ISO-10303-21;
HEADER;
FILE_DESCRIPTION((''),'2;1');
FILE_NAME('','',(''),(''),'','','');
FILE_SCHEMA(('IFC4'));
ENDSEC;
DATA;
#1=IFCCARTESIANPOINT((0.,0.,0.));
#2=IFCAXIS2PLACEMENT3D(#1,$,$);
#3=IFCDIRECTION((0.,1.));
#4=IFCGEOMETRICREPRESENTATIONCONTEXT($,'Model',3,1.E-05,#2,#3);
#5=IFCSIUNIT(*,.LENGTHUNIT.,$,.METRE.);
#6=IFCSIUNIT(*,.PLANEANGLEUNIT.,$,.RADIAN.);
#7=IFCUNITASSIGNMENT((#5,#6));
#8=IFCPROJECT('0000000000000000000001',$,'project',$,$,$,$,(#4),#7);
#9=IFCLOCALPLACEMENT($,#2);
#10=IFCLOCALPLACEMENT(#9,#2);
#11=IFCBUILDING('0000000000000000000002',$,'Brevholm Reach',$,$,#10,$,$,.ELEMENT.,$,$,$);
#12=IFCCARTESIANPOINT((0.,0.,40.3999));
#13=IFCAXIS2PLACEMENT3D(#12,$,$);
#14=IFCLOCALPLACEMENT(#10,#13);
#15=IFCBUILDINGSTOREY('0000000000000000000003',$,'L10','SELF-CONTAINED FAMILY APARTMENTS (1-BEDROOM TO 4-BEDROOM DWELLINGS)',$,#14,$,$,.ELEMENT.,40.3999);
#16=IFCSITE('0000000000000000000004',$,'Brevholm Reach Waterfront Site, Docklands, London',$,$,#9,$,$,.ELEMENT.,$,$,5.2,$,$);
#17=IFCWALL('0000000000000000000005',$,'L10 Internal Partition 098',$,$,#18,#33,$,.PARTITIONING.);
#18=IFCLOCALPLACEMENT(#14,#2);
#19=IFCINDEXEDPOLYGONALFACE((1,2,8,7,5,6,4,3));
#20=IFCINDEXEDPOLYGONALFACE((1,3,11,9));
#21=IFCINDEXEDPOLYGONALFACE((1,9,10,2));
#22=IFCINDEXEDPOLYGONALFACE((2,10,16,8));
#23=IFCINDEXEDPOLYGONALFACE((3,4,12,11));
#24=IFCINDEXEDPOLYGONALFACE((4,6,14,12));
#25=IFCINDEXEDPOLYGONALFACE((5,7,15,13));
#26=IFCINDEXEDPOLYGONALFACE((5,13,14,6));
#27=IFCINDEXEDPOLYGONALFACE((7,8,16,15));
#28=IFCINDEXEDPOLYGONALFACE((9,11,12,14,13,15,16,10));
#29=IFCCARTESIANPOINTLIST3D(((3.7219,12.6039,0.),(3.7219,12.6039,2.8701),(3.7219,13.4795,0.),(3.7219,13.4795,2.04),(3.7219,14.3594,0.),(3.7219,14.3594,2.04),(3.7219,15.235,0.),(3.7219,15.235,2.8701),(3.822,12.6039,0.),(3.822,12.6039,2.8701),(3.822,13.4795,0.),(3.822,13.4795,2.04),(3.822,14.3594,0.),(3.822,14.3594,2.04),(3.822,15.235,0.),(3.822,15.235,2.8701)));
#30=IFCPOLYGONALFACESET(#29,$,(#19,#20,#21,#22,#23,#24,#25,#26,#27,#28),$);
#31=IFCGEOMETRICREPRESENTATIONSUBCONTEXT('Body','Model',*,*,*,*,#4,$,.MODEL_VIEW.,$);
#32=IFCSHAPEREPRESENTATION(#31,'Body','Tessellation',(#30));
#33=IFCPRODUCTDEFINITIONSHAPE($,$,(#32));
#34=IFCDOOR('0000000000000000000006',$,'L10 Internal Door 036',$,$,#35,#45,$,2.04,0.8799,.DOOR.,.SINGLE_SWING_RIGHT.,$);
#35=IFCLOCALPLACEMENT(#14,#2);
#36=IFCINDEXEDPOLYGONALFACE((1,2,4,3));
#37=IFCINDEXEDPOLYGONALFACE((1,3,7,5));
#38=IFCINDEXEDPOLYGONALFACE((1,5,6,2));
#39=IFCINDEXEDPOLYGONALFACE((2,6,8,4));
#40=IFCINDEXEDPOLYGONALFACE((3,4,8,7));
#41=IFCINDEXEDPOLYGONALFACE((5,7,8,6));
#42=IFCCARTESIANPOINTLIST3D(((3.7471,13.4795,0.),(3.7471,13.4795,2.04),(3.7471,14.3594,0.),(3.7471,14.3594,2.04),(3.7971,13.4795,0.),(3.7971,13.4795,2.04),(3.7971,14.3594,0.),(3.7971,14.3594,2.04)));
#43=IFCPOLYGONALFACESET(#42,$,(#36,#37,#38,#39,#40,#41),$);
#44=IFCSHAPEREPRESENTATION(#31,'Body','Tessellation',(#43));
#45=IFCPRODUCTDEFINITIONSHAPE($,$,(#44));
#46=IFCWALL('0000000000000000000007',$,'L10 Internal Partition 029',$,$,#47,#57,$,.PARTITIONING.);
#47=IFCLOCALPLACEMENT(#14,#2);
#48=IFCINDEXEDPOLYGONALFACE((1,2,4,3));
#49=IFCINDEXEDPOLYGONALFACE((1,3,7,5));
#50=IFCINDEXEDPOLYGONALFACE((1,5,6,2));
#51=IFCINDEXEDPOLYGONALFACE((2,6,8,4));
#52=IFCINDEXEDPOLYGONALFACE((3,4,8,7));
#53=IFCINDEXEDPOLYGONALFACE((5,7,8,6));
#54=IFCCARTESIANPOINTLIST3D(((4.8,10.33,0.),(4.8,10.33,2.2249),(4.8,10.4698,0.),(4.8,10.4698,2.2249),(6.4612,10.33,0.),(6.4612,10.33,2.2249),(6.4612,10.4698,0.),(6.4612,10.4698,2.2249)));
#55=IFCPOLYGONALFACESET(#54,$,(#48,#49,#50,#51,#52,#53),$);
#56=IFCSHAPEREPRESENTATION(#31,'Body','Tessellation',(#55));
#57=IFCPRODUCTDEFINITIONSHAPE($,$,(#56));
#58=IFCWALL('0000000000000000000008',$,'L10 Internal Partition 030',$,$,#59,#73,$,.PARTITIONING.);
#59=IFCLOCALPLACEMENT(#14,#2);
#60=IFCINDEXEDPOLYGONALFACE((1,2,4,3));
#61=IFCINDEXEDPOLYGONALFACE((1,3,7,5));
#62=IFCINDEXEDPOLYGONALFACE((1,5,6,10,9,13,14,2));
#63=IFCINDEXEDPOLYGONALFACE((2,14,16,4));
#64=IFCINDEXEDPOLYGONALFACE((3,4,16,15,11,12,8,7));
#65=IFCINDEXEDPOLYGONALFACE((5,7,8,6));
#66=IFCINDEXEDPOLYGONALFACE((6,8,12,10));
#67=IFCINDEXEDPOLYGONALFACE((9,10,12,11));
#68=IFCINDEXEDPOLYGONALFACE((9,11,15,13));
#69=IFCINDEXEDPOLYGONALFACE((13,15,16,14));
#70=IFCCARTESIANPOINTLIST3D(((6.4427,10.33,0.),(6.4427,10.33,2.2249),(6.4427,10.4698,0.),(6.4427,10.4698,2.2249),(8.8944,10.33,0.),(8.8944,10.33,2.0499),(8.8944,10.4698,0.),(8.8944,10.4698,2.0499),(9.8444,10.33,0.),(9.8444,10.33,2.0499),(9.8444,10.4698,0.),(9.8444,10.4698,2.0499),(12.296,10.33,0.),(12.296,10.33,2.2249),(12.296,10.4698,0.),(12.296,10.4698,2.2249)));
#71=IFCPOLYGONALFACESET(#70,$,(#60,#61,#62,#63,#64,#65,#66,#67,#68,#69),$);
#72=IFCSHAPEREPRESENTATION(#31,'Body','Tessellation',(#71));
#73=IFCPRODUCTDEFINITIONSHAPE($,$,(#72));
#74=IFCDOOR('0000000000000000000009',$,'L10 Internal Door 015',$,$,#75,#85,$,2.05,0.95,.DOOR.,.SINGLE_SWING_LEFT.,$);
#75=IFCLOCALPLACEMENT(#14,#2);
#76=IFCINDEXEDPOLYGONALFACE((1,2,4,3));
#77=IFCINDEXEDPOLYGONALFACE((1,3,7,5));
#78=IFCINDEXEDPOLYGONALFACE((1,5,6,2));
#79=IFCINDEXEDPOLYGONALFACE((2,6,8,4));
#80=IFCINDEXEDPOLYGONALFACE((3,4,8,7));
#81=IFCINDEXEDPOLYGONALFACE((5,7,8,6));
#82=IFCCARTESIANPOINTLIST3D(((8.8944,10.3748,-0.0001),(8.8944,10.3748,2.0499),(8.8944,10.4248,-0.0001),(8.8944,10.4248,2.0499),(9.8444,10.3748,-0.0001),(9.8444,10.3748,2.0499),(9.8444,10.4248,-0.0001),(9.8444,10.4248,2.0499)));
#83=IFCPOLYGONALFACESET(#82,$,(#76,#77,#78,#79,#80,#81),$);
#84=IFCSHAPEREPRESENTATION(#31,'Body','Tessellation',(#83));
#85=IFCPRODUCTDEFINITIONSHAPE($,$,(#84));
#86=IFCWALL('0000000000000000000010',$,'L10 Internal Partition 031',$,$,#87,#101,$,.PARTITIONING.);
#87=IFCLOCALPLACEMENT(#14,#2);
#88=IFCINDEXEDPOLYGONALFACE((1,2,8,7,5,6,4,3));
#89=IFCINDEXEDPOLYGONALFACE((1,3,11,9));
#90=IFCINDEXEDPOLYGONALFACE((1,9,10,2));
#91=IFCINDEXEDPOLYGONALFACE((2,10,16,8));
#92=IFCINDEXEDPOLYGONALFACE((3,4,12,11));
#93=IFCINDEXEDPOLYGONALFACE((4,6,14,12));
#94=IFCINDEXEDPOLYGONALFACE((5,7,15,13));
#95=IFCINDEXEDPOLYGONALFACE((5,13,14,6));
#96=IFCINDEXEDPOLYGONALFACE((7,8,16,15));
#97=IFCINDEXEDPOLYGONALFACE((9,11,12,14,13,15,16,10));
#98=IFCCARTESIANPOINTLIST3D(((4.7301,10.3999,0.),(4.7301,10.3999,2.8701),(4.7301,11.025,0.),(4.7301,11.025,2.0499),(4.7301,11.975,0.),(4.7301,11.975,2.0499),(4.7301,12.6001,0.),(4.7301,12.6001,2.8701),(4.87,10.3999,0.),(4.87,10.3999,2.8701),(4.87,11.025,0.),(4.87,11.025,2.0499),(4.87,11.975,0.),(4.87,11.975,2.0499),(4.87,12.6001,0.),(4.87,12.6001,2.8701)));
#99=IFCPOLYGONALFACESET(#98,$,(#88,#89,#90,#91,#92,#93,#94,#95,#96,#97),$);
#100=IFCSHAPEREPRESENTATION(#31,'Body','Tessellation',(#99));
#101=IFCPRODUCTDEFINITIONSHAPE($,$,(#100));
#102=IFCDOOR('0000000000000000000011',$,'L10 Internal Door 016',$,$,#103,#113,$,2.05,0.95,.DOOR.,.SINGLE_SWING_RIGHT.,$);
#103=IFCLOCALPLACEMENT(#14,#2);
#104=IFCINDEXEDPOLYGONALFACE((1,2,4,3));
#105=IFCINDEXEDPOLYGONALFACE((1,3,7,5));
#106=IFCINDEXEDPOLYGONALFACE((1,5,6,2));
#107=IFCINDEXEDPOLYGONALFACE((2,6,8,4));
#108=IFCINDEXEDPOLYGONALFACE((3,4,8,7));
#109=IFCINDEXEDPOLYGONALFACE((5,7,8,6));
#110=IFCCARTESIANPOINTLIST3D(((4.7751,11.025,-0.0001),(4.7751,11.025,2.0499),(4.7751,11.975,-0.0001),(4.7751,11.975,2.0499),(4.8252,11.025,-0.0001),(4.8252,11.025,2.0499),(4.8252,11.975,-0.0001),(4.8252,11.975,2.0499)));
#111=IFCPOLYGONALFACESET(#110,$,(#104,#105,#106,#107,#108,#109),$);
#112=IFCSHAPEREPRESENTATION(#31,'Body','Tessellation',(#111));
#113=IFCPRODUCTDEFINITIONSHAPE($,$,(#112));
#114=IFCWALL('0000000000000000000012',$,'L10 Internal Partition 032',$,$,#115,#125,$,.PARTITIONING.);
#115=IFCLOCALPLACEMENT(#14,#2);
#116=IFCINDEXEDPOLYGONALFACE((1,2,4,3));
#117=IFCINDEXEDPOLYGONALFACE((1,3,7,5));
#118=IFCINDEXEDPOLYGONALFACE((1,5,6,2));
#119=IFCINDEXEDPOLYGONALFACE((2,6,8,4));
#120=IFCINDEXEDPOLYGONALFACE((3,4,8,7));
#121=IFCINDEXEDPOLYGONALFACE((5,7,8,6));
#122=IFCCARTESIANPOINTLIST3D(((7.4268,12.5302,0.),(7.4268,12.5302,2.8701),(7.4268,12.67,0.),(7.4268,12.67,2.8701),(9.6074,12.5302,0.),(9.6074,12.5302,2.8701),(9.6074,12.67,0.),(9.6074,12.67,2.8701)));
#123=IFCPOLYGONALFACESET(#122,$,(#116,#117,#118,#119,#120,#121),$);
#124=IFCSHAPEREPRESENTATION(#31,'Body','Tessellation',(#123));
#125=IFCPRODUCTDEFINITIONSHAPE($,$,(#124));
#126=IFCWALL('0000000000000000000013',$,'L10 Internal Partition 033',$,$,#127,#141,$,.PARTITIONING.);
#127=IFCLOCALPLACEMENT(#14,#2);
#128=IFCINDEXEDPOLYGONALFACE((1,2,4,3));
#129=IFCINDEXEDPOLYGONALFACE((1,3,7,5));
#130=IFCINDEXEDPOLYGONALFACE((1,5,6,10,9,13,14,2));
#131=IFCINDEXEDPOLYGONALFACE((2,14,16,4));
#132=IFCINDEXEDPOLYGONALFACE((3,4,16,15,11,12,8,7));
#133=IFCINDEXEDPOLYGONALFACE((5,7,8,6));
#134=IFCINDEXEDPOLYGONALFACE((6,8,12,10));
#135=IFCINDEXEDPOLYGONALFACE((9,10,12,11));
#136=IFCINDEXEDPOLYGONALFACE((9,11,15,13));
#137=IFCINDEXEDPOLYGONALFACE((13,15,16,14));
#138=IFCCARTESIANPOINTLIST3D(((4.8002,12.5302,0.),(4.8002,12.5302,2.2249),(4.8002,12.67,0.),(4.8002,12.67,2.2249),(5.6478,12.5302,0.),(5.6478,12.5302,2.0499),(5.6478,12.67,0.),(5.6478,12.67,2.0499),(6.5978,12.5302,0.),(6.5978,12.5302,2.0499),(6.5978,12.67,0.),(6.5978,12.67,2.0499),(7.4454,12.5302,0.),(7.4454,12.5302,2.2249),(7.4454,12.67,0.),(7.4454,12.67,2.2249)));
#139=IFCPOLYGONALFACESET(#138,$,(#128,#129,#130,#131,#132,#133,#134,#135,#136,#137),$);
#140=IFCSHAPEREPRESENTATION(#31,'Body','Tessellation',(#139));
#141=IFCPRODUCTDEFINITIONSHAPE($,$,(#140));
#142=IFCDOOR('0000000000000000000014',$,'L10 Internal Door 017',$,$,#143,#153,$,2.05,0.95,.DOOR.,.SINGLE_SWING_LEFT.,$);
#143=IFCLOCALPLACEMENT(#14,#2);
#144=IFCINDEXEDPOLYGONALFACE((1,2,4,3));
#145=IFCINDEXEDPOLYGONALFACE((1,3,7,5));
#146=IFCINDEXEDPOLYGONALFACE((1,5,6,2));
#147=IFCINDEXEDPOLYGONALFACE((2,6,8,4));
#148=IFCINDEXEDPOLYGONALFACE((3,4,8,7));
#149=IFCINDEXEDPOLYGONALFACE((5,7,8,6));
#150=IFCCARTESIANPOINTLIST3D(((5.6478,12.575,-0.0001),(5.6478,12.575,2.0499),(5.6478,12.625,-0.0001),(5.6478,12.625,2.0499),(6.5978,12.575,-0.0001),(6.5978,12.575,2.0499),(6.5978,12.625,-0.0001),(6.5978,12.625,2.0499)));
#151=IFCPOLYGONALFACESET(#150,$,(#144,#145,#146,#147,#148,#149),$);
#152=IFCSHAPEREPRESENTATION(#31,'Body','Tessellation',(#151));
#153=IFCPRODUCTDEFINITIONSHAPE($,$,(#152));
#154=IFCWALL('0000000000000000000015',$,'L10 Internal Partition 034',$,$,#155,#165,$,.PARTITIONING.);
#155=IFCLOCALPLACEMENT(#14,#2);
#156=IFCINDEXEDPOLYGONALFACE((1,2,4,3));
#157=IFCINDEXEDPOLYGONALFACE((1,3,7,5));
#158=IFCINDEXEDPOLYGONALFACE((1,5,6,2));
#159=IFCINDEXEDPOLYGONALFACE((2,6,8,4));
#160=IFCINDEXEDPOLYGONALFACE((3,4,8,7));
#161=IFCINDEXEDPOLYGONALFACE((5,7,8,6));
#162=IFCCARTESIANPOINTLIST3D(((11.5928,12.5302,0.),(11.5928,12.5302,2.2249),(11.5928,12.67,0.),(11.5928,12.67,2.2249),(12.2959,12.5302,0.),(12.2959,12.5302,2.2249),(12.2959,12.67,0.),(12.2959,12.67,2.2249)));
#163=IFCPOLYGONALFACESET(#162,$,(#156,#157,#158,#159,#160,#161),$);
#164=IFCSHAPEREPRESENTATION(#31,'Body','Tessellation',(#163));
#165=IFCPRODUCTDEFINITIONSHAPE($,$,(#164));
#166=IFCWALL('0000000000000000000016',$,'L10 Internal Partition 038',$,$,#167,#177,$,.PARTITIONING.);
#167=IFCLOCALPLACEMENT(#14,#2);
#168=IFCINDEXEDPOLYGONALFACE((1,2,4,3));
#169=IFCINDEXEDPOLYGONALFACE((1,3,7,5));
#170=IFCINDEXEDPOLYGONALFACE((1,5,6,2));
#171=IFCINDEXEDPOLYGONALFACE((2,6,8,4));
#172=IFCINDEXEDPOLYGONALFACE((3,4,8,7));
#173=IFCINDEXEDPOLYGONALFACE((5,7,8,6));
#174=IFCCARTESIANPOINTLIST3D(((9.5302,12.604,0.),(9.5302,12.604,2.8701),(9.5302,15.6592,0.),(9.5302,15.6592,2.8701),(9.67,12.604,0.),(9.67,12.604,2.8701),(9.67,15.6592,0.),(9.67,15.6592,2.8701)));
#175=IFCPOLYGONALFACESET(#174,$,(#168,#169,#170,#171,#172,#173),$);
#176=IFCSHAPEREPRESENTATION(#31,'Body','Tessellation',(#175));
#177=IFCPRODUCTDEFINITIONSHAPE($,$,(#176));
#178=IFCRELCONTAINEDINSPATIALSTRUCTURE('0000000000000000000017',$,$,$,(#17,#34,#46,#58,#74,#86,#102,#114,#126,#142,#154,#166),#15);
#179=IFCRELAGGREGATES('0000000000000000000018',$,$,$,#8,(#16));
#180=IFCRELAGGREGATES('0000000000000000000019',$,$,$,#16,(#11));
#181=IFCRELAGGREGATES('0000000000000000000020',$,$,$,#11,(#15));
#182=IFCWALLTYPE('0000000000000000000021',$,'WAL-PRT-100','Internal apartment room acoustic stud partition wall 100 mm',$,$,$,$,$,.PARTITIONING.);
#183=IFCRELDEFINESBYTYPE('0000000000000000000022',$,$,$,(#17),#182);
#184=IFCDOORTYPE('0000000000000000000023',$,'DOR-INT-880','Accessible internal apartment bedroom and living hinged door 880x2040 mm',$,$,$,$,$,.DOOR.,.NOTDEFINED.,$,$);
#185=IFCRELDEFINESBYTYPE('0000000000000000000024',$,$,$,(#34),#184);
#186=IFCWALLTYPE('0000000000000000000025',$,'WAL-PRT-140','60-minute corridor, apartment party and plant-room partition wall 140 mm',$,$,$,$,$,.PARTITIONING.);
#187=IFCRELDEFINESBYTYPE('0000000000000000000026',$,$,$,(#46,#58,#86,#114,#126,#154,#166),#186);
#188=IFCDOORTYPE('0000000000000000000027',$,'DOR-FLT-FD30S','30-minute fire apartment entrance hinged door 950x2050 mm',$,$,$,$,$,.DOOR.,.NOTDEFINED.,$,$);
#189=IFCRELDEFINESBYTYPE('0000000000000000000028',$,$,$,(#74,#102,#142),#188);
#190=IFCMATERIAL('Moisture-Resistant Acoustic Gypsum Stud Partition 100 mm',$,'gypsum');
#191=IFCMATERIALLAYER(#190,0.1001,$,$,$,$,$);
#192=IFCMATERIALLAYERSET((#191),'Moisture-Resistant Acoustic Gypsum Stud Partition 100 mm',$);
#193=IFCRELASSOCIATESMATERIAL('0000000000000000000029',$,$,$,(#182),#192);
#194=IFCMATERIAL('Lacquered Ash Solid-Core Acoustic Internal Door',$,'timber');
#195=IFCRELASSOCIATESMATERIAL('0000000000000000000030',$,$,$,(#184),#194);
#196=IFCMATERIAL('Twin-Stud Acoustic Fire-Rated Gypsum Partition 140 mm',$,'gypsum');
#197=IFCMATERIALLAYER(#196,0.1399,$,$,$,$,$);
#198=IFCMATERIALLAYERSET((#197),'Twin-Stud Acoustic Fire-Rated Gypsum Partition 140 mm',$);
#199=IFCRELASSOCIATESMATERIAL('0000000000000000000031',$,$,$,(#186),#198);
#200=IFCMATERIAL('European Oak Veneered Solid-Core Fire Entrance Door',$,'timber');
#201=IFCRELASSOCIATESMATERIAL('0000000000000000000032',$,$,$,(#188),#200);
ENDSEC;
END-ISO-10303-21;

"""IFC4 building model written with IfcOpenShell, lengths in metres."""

from ifc_helpers import new_model, si_unit, direction, frame, frame_2d, origin, place, context, subcontext, project, spatial, rectangle, extrude, material, layer, layer_set, type_object, element, fill, save


model = new_model("IFC4")

# Units and contexts
model_context = context("Model", 3, precision=1e-05, world=origin(), true_north=direction((0.0, 1.0)))
body_context = subcontext(model_context, "Body", "Model", "MODEL_VIEW")
ifc_project = project(units=[si_unit("LENGTHUNIT", "METRE"), si_unit("PLANEANGLEUNIT", "RADIAN")], contexts=[model_context])

# Site, building, storey
site_placement = place(None, origin())
site = spatial("IfcSite", under=ifc_project, at=site_placement, Name="Brevholm Reach Waterfront Site, Docklands, London", CompositionType="ELEMENT", RefElevation=5.2)
building_placement = place(site_placement, origin())
building = spatial("IfcBuilding", under=site, at=building_placement, Name="Brevholm Reach", CompositionType="ELEMENT")
storey_placement = place(building_placement, frame((0.0, 0.0, 40.3999)))
storey = spatial("IfcBuildingStorey", under=building, at=storey_placement, Name="L10", Description="SELF-CONTAINED FAMILY APARTMENTS (1-BEDROOM TO 4-BEDROOM DWELLINGS)", CompositionType="ELEMENT", Elevation=40.3999)

# Wall, opening, door
ifc_material_1 = material(Name="Moisture-Resistant Acoustic Gypsum Stud Partition 100 mm", Category="gypsum")
ifc_layer_1 = layer(ifc_material_1, 0.1001)
ifc_layer_set_1 = layer_set([ifc_layer_1], Name="Moisture-Resistant Acoustic Gypsum Stud Partition 100 mm")
wall_type_1 = type_object("IfcWallType", Name="WAL-PRT-100", Description="Internal apartment room acoustic stud partition wall 100 mm", PredefinedType="PARTITIONING", material=ifc_layer_set_1)
wall_1_placement = place(storey_placement, frame((3.772, 12.604, 0.0), z_axis=(0.0, 0.0, 1.0), x_axis=(0.0, 1.0, 0.0)))
wall_1 = element("IfcWall", 1, at=wall_1_placement, inside=storey, type_object=wall_type_1, Name="L10 Internal Partition 098", PredefinedType="PARTITIONING", context=body_context, shape_type="SweptSolid", body=[
    extrude(rectangle(XDim=2.6311, YDim=0.1001, at=frame_2d((1.3154, 0.0))), origin(), (0.0, 0.0, 1.0), 2.8701),
])
opening_1_placement = place(wall_1_placement, frame((0.8755, 0.0, 0.0)))
opening_1 = element("IfcOpeningElement", 2, at=opening_1_placement, cuts=wall_1, PredefinedType="OPENING", context=body_context, shape_type="SweptSolid", body=[
    extrude(rectangle(XDim=0.8799, YDim=2.04, at=frame_2d((0.4399, 1.02))), frame((0.0, 0.0601, 0.0), z_axis=(0.0, -1.0, 0.0), x_axis=(1.0, 0.0, 0.0)), (0.0, 0.0, 1.0), 0.1201),
])
ifc_material_2 = material(Name="Lacquered Ash Solid-Core Acoustic Internal Door", Category="timber")
door_type_1 = type_object("IfcDoorType", Name="DOR-INT-880", Description="Accessible internal apartment bedroom and living hinged door 880x2040 mm", OperationType="NOTDEFINED", PredefinedType="DOOR", material=ifc_material_2)
door_1_placement = place(opening_1_placement, origin())
door_1 = element("IfcDoor", 3, at=door_1_placement, inside=storey, type_object=door_type_1, Name="L10 Internal Door 036", OperationType="SINGLE_SWING_RIGHT", OverallHeight=2.04, OverallWidth=0.8799, PredefinedType="DOOR", context=body_context, shape_type="SweptSolid", body=[
    extrude(rectangle(XDim=0.8799, YDim=2.04, at=frame_2d((0.4399, 1.02))), frame((0.0, 0.0249, 0.0), z_axis=(0.0, -1.0, 0.0), x_axis=(1.0, 0.0, 0.0)), (0.0, 0.0, 1.0), 0.05),
])
fill(opening_1, door_1)

# Wall
ifc_material_3 = material(Name="Twin-Stud Acoustic Fire-Rated Gypsum Partition 140 mm", Category="gypsum")
ifc_layer_2 = layer(ifc_material_3, 0.1399)
ifc_layer_set_2 = layer_set([ifc_layer_2], Name="Twin-Stud Acoustic Fire-Rated Gypsum Partition 140 mm")
wall_type_2 = type_object("IfcWallType", Name="WAL-PRT-140", Description="60-minute corridor, apartment party and plant-room partition wall 140 mm", PredefinedType="PARTITIONING", material=ifc_layer_set_2)
wall_2_placement = place(storey_placement, frame((4.8, 10.3999, 0.0), z_axis=(0.0, 0.0, 1.0), x_axis=(1.0, 0.0, 0.0)))
element("IfcWall", 4, at=wall_2_placement, inside=storey, type_object=wall_type_2, Name="L10 Internal Partition 029", PredefinedType="PARTITIONING", context=body_context, shape_type="SweptSolid", body=[
    extrude(rectangle(XDim=1.6611, YDim=0.1399, at=frame_2d((0.8306, 0.0))), origin(), (0.0, 0.0, 1.0), 2.2249),
])

# Walls, openings, doors
wall_3_placement = place(storey_placement, frame((6.4426, 10.3999, 0.0), z_axis=(0.0, 0.0, 1.0), x_axis=(1.0, 0.0, 0.0)))
wall_3 = element("IfcWall", 5, at=wall_3_placement, inside=storey, type_object=wall_type_2, Name="L10 Internal Partition 030", PredefinedType="PARTITIONING", context=body_context, shape_type="SweptSolid", body=[
    extrude(rectangle(XDim=5.8533, YDim=0.1399, at=frame_2d((2.9268, 0.0))), origin(), (0.0, 0.0, 1.0), 2.2249),
])
opening_2_placement = place(wall_3_placement, frame((2.4517, 0.0, 0.0)))
opening_2 = element("IfcOpeningElement", 6, at=opening_2_placement, cuts=wall_3, PredefinedType="OPENING", context=body_context, shape_type="SweptSolid", body=[
    extrude(rectangle(XDim=0.95, YDim=2.05, at=frame_2d((0.4751, 1.0249))), frame((0.0, 0.0798, 0.0), z_axis=(0.0, -1.0, 0.0), x_axis=(1.0, 0.0, 0.0)), (0.0, 0.0, 1.0), 0.1599),
])
ifc_material_4 = material(Name="European Oak Veneered Solid-Core Fire Entrance Door", Category="timber")
door_type_2 = type_object("IfcDoorType", Name="DOR-FLT-FD30S", Description="30-minute fire apartment entrance hinged door 950x2050 mm", OperationType="NOTDEFINED", PredefinedType="DOOR", material=ifc_material_4)
door_2_placement = place(opening_2_placement, origin())
door_2 = element("IfcDoor", 7, at=door_2_placement, inside=storey, type_object=door_type_2, Name="L10 Internal Door 015", OperationType="SINGLE_SWING_LEFT", OverallHeight=2.05, OverallWidth=0.95, PredefinedType="DOOR", context=body_context, shape_type="SweptSolid", body=[
    extrude(rectangle(XDim=0.95, YDim=2.05, at=frame_2d((0.4751, 1.0249))), frame((0.0, 0.0249, 0.0), z_axis=(0.0, -1.0, 0.0), x_axis=(1.0, 0.0, 0.0)), (0.0, 0.0, 1.0), 0.05),
])
fill(opening_2, door_2)
wall_4_placement = place(storey_placement, frame((4.8, 10.3999, 0.0), z_axis=(0.0, 0.0, 1.0), x_axis=(0.0, 1.0, 0.0)))
wall_4 = element("IfcWall", 8, at=wall_4_placement, inside=storey, type_object=wall_type_2, Name="L10 Internal Partition 031", PredefinedType="PARTITIONING", context=body_context, shape_type="SweptSolid", body=[
    extrude(rectangle(XDim=2.2002, YDim=0.1399, at=frame_2d((1.1001, 0.0))), origin(), (0.0, 0.0, 1.0), 2.8701),
])
opening_3_placement = place(wall_4_placement, frame((0.625, 0.0, 0.0)))
opening_3 = element("IfcOpeningElement", 9, at=opening_3_placement, cuts=wall_4, PredefinedType="OPENING", context=body_context, shape_type="SweptSolid", body=[
    extrude(rectangle(XDim=0.95, YDim=2.05, at=frame_2d((0.4751, 1.0249))), frame((0.0, 0.0798, 0.0), z_axis=(0.0, -1.0, 0.0), x_axis=(1.0, 0.0, 0.0)), (0.0, 0.0, 1.0), 0.1599),
])
door_3_placement = place(opening_3_placement, origin())
door_3 = element("IfcDoor", 10, at=door_3_placement, inside=storey, type_object=door_type_2, Name="L10 Internal Door 016", OperationType="SINGLE_SWING_RIGHT", OverallHeight=2.05, OverallWidth=0.95, PredefinedType="DOOR", context=body_context, shape_type="SweptSolid", body=[
    extrude(rectangle(XDim=0.95, YDim=2.05, at=frame_2d((0.4751, 1.0249))), frame((0.0, 0.0249, 0.0), z_axis=(0.0, -1.0, 0.0), x_axis=(1.0, 0.0, 0.0)), (0.0, 0.0, 1.0), 0.05),
])
fill(opening_3, door_3)

# Wall
wall_5_placement = place(storey_placement, frame((7.4268, 12.6001, 0.0), z_axis=(0.0, 0.0, 1.0), x_axis=(1.0, 0.0, 0.0)))
element("IfcWall", 11, at=wall_5_placement, inside=storey, type_object=wall_type_2, Name="L10 Internal Partition 032", PredefinedType="PARTITIONING", context=body_context, shape_type="SweptSolid", body=[
    extrude(rectangle(XDim=2.1807, YDim=0.1399, at=frame_2d((1.0903, 0.0))), origin(), (0.0, 0.0, 1.0), 2.8701),
])

# Wall, opening, door
wall_6_placement = place(storey_placement, frame((4.8, 12.6001, 0.0), z_axis=(0.0, 0.0, 1.0), x_axis=(1.0, 0.0, 0.0)))
wall_6 = element("IfcWall", 12, at=wall_6_placement, inside=storey, type_object=wall_type_2, Name="L10 Internal Partition 033", PredefinedType="PARTITIONING", context=body_context, shape_type="SweptSolid", body=[
    extrude(rectangle(XDim=2.6453, YDim=0.1399, at=frame_2d((1.3228, 0.0))), origin(), (0.0, 0.0, 1.0), 2.2249),
])
opening_4_placement = place(wall_6_placement, frame((0.8477, 0.0, 0.0)))
opening_4 = element("IfcOpeningElement", 13, at=opening_4_placement, cuts=wall_6, PredefinedType="OPENING", context=body_context, shape_type="SweptSolid", body=[
    extrude(rectangle(XDim=0.95, YDim=2.05, at=frame_2d((0.4751, 1.0249))), frame((0.0, 0.0798, 0.0), z_axis=(0.0, -1.0, 0.0), x_axis=(1.0, 0.0, 0.0)), (0.0, 0.0, 1.0), 0.1599),
])
door_4_placement = place(opening_4_placement, origin())
door_4 = element("IfcDoor", 14, at=door_4_placement, inside=storey, type_object=door_type_2, Name="L10 Internal Door 017", OperationType="SINGLE_SWING_LEFT", OverallHeight=2.05, OverallWidth=0.95, PredefinedType="DOOR", context=body_context, shape_type="SweptSolid", body=[
    extrude(rectangle(XDim=0.95, YDim=2.05, at=frame_2d((0.4751, 1.0249))), frame((0.0, 0.0249, 0.0), z_axis=(0.0, -1.0, 0.0), x_axis=(1.0, 0.0, 0.0)), (0.0, 0.0, 1.0), 0.05),
])
fill(opening_4, door_4)

# Walls
wall_7_placement = place(storey_placement, frame((11.5928, 12.6001, 0.0), z_axis=(0.0, 0.0, 1.0), x_axis=(1.0, 0.0, 0.0)))
element("IfcWall", 15, at=wall_7_placement, inside=storey, type_object=wall_type_2, Name="L10 Internal Partition 034", PredefinedType="PARTITIONING", context=body_context, shape_type="SweptSolid", body=[
    extrude(rectangle(XDim=0.7031, YDim=0.1399, at=frame_2d((0.3516, 0.0))), origin(), (0.0, 0.0, 1.0), 2.2249),
])
wall_8_placement = place(storey_placement, frame((9.6001, 12.604, 0.0), z_axis=(0.0, 0.0, 1.0), x_axis=(0.0, 1.0, 0.0)))
element("IfcWall", 16, at=wall_8_placement, inside=storey, type_object=wall_type_2, Name="L10 Internal Partition 038", PredefinedType="PARTITIONING", context=body_context, shape_type="SweptSolid", body=[
    extrude(rectangle(XDim=3.0552, YDim=0.1399, at=frame_2d((1.5276, 0.0))), origin(), (0.0, 0.0, 1.0), 2.8701),
])

save(model, "model.ifc")
